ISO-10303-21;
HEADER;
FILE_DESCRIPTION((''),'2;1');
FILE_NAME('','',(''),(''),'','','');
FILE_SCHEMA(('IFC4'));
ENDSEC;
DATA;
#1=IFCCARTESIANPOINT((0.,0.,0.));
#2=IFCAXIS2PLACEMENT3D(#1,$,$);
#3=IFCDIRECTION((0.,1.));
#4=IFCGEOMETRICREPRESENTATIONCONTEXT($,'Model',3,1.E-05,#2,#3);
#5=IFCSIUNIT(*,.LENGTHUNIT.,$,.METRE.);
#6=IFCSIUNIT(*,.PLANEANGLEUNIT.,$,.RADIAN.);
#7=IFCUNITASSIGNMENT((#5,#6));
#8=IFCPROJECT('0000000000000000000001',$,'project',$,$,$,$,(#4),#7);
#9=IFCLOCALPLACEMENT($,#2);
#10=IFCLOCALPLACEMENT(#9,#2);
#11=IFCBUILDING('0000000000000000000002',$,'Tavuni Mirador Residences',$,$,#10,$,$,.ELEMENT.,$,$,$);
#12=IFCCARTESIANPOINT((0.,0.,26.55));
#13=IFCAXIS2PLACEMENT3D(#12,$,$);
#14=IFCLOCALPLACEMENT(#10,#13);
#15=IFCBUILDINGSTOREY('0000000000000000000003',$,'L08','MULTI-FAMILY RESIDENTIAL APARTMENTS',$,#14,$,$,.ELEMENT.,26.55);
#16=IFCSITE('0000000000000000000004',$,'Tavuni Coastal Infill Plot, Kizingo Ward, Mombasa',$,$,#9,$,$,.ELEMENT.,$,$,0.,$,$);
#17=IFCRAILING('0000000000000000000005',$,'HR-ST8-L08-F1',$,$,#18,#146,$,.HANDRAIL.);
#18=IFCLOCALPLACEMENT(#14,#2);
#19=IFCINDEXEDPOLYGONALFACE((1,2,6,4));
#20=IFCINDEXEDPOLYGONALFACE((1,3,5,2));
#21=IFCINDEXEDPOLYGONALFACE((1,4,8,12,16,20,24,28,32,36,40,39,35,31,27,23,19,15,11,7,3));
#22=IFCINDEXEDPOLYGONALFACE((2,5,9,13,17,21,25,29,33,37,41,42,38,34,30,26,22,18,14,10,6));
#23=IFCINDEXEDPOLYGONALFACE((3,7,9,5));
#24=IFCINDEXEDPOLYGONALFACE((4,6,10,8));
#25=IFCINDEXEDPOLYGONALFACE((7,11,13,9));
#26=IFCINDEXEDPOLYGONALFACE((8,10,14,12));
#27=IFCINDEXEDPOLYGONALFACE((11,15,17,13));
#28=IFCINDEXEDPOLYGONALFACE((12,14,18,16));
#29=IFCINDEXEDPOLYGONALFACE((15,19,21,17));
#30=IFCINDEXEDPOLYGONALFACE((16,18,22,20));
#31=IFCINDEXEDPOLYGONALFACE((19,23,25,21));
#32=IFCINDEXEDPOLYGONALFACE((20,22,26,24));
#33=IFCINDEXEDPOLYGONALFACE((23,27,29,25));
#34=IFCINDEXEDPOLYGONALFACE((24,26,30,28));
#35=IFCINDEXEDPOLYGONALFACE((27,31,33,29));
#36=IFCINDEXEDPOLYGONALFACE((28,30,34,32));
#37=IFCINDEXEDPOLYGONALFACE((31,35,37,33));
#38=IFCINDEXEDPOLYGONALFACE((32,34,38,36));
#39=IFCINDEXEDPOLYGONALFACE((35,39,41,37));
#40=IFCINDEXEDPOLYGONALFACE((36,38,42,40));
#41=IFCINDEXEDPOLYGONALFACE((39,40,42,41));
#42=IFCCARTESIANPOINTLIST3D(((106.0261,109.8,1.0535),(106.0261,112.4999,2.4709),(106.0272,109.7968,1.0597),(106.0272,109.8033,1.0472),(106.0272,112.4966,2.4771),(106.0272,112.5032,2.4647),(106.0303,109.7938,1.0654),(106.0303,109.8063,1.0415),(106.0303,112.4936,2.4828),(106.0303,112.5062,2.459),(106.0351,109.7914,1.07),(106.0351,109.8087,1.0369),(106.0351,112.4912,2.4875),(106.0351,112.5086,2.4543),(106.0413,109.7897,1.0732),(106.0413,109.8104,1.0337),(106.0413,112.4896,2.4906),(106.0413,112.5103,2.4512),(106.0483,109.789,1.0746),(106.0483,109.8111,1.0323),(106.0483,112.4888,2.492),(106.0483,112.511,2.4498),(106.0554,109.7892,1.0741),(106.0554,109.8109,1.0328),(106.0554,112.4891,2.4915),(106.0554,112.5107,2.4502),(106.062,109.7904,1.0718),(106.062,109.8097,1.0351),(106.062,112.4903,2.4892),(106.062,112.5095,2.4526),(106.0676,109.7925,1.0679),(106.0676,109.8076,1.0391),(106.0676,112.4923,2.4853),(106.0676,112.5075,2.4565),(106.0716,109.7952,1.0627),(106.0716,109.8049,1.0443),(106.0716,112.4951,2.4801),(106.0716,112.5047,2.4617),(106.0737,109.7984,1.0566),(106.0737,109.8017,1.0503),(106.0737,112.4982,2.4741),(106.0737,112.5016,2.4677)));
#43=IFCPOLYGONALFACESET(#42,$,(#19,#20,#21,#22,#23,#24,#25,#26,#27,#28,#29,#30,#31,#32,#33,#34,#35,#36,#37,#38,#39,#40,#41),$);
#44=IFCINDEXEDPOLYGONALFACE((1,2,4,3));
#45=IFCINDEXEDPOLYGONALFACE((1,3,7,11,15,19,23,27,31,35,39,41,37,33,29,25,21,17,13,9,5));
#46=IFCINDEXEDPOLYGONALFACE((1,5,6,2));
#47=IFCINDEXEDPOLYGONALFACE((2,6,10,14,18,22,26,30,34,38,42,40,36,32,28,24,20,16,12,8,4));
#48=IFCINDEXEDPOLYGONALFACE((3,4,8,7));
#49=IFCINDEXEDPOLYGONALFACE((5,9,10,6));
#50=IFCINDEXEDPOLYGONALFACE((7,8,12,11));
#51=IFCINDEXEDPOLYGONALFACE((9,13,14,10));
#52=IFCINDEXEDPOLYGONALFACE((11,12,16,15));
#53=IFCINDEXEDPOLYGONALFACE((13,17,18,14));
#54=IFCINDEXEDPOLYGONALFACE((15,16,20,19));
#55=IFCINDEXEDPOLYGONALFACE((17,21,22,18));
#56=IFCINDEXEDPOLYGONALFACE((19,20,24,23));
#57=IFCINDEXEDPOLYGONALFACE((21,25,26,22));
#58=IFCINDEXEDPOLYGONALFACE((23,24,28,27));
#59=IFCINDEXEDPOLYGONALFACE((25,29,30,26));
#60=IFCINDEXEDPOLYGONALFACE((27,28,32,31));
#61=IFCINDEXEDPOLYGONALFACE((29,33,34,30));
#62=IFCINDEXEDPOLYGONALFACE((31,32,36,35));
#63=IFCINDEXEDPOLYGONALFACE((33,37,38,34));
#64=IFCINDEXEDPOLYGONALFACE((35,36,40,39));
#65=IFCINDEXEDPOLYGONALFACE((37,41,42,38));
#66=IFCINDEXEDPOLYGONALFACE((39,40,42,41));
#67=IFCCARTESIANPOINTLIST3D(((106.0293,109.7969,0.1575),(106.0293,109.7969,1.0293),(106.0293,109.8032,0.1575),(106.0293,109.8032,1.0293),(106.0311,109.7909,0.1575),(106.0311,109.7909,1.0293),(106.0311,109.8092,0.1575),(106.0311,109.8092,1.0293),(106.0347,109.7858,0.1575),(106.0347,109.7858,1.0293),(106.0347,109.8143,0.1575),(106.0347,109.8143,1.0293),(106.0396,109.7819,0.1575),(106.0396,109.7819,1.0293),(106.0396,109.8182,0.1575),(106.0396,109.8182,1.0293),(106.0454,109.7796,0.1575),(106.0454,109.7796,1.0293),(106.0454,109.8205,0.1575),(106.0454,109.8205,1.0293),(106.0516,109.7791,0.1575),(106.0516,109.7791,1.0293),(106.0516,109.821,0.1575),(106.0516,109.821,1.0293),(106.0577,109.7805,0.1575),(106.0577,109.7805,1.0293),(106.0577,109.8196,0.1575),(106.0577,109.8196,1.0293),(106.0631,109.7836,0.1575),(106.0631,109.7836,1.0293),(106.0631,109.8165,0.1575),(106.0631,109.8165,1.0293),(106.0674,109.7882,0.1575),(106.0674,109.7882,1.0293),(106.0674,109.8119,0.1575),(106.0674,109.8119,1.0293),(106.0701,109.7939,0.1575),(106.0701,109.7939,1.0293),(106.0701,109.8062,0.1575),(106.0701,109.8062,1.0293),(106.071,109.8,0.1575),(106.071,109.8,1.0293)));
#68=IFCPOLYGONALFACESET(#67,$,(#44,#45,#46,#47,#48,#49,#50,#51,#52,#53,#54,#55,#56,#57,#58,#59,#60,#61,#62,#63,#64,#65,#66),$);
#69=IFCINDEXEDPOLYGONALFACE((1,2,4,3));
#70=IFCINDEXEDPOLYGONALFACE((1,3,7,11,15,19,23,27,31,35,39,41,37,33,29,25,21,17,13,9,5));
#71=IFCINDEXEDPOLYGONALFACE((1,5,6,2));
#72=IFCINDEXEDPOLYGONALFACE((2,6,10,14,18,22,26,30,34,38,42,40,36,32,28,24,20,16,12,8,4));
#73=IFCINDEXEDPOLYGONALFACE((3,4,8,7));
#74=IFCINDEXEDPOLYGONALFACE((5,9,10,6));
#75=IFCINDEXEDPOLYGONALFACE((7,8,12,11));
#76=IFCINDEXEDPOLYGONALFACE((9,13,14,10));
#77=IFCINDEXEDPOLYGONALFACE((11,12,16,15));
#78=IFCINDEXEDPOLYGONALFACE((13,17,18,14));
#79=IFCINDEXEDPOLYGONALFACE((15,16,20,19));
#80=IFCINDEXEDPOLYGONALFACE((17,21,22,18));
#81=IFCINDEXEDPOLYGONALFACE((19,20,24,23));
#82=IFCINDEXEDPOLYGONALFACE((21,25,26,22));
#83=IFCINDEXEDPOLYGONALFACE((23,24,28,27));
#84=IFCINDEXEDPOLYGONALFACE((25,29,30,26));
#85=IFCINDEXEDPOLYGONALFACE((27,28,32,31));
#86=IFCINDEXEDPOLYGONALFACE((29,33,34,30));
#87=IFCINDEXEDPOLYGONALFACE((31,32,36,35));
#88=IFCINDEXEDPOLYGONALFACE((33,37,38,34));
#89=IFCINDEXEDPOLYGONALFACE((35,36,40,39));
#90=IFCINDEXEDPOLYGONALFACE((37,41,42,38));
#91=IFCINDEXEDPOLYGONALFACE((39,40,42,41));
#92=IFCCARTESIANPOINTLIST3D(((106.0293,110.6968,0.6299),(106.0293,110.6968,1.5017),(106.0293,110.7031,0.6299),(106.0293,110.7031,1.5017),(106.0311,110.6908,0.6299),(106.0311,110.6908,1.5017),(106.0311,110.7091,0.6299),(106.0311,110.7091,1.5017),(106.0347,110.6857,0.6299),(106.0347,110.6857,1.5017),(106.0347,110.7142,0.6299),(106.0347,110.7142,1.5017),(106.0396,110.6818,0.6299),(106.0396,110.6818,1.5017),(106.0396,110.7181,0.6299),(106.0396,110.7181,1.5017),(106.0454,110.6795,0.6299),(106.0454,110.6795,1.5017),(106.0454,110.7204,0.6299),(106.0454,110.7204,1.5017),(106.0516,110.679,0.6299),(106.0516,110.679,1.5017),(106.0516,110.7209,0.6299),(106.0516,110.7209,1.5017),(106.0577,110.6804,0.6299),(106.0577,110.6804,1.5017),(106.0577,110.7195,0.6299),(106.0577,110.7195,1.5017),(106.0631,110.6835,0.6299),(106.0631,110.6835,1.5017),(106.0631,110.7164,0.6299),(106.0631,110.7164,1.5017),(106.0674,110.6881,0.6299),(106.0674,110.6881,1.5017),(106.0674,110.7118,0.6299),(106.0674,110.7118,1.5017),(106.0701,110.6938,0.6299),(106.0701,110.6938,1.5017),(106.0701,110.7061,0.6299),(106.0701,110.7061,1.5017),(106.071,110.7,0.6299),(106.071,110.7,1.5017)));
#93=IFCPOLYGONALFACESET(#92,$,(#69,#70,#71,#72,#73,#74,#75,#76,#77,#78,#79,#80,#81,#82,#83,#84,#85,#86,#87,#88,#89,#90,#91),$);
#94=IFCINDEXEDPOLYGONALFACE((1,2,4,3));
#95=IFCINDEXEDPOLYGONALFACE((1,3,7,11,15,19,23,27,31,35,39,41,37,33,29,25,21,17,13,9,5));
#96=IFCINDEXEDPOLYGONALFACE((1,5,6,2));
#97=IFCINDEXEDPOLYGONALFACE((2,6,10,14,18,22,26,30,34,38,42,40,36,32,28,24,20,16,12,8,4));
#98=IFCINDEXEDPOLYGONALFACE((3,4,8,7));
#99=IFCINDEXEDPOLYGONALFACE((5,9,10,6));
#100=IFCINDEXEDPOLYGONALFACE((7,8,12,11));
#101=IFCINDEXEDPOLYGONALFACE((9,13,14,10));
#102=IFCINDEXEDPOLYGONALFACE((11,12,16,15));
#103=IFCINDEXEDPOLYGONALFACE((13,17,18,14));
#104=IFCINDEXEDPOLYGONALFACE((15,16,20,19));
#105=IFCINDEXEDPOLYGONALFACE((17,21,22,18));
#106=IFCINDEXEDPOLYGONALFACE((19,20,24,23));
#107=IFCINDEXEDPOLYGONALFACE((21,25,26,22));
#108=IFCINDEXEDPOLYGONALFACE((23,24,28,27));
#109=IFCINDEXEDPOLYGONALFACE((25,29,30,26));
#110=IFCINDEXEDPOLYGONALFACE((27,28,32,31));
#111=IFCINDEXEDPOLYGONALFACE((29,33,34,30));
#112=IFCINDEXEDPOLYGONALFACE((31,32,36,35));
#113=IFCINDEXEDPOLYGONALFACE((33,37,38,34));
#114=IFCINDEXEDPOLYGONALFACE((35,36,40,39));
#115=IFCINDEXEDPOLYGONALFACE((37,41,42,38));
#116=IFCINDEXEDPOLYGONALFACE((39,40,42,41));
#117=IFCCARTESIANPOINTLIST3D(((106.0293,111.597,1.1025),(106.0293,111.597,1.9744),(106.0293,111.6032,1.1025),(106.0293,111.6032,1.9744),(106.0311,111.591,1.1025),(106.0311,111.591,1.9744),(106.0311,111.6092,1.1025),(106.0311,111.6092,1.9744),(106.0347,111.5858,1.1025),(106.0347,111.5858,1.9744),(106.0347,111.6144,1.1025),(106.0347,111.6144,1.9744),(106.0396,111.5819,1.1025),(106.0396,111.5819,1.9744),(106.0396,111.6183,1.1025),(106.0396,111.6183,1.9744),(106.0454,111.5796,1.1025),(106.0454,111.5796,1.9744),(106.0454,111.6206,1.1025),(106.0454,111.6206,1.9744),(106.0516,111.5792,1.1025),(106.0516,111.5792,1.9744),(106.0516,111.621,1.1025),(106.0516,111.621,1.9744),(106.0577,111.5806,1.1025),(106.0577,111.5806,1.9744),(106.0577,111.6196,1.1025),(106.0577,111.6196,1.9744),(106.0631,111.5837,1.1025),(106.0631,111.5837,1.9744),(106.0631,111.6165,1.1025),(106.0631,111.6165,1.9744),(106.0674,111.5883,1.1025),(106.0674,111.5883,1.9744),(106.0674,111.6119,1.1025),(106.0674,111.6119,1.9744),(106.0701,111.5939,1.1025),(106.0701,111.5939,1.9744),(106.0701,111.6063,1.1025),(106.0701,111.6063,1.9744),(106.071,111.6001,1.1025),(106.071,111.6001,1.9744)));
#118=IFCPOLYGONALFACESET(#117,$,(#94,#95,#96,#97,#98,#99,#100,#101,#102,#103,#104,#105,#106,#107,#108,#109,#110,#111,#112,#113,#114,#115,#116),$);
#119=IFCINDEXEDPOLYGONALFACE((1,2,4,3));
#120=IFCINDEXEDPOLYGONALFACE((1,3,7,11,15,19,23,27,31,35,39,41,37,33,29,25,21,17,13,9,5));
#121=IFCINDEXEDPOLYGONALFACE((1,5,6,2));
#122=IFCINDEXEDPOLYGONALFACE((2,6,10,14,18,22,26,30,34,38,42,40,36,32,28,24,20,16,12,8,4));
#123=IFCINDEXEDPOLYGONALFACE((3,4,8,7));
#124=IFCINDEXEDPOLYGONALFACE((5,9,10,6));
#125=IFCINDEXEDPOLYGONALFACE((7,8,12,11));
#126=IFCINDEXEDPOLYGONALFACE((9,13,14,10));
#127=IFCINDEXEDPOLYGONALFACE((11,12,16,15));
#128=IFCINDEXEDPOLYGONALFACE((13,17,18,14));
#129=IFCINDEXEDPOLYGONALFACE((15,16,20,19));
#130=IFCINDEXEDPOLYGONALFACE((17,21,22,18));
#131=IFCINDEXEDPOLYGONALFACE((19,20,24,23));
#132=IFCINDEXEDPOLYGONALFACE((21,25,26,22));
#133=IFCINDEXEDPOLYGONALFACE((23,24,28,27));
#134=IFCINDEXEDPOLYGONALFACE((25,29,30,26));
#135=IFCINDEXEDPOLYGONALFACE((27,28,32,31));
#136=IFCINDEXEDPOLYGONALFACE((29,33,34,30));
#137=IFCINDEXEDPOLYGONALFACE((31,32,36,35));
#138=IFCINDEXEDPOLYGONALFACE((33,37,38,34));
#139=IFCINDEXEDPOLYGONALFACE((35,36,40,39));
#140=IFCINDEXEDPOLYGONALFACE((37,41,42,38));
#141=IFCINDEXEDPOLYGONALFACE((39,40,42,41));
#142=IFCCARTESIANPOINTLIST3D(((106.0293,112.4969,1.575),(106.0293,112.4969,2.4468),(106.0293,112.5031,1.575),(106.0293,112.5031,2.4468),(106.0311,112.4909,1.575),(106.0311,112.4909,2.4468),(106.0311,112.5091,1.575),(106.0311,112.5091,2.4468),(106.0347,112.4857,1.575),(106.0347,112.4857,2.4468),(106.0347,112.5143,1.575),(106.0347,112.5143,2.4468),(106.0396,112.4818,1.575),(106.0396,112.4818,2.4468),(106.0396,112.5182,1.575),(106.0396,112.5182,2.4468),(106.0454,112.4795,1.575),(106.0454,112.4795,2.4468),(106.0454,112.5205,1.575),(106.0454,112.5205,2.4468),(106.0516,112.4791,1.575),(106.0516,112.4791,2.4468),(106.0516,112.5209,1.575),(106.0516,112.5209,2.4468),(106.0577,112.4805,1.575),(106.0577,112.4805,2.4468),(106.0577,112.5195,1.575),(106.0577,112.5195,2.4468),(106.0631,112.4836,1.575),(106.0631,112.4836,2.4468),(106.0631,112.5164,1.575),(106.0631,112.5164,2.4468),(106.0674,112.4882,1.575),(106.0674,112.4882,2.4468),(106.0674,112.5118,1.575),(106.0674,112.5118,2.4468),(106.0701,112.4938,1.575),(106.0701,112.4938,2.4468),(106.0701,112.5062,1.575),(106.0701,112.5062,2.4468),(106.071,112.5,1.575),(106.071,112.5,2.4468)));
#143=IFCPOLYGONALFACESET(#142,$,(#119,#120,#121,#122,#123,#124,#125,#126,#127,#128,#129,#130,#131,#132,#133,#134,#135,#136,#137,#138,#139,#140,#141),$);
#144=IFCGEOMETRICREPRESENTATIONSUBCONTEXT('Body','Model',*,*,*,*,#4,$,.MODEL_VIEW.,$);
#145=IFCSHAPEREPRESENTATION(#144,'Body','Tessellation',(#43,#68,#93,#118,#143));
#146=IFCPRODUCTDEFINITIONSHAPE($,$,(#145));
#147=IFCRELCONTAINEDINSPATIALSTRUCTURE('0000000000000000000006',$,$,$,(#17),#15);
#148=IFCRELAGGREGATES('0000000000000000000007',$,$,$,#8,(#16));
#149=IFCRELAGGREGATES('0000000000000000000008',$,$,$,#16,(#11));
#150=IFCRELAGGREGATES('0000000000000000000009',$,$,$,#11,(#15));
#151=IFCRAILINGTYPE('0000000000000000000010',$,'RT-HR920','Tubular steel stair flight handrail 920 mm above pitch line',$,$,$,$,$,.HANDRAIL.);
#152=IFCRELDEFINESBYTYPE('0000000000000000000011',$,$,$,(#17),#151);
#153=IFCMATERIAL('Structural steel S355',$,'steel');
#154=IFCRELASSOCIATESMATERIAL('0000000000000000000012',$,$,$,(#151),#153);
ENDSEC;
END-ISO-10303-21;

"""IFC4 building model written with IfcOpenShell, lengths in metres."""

from ifc_helpers import new_model, si_unit, direction, frame, origin, origin_2d, place, context, subcontext, project, spatial, circle, extrude, material, type_object, element, save


model = new_model("IFC4")

# Units and contexts
model_context = context("Model", 3, precision=1e-05, world=origin(), true_north=direction((0.0, 1.0)))
body_context = subcontext(model_context, "Body", "Model", "MODEL_VIEW")
ifc_project = project(units=[si_unit("LENGTHUNIT", "METRE"), si_unit("PLANEANGLEUNIT", "RADIAN")], contexts=[model_context])

# Site, building, storey
site_placement = place(None, origin())
site = spatial("IfcSite", under=ifc_project, at=site_placement, Name="Tavuni Coastal Infill Plot, Kizingo Ward, Mombasa", CompositionType="ELEMENT", RefElevation=0.0)
building_placement = place(site_placement, origin())
building = spatial("IfcBuilding", under=site, at=building_placement, Name="Tavuni Mirador Residences", CompositionType="ELEMENT")
storey_placement = place(building_placement, frame((0.0, 0.0, 26.55)))
storey = spatial("IfcBuildingStorey", under=building, at=storey_placement, Name="L08", Description="MULTI-FAMILY RESIDENTIAL APARTMENTS", CompositionType="ELEMENT", Elevation=26.55)

# Railing
ifc_material_1 = material(Name="Structural steel S355", Category="steel")
railing_type_1 = type_object("IfcRailingType", Name="RT-HR920", Description="Tubular steel stair flight handrail 920 mm above pitch line", PredefinedType="HANDRAIL", material=ifc_material_1)
railing_1_placement = place(storey_placement, frame((106.05, 109.8, 0.1575)))
element("IfcRailing", 1, at=railing_1_placement, inside=storey, type_object=railing_type_1, Name="HR-ST8-L08-F1", PredefinedType="HANDRAIL", context=body_context, shape_type="SweptSolid", body=[
    extrude(circle(Radius=0.0239, at=origin_2d()), frame((0.0, 0.0, 0.896), z_axis=(0.0, 0.885397, 0.464835), x_axis=(-1.0, 0.0, 0.0)), (0.0, 0.0, 1.0), 3.0493),
    extrude(circle(Radius=0.021, at=origin_2d()), origin(), (0.0, 0.0, 1.0), 0.8718),
    extrude(circle(Radius=0.021, at=origin_2d()), frame((0.0, 0.8999, 0.4724)), (0.0, 0.0, 1.0), 0.8718),
    extrude(circle(Radius=0.021, at=origin_2d()), frame((0.0, 1.8, 0.9451)), (0.0, 0.0, 1.0), 0.8718),
    extrude(circle(Radius=0.021, at=origin_2d()), frame((0.0, 2.7, 1.4175)), (0.0, 0.0, 1.0), 0.8718),
])

save(model, "model.ifc")
